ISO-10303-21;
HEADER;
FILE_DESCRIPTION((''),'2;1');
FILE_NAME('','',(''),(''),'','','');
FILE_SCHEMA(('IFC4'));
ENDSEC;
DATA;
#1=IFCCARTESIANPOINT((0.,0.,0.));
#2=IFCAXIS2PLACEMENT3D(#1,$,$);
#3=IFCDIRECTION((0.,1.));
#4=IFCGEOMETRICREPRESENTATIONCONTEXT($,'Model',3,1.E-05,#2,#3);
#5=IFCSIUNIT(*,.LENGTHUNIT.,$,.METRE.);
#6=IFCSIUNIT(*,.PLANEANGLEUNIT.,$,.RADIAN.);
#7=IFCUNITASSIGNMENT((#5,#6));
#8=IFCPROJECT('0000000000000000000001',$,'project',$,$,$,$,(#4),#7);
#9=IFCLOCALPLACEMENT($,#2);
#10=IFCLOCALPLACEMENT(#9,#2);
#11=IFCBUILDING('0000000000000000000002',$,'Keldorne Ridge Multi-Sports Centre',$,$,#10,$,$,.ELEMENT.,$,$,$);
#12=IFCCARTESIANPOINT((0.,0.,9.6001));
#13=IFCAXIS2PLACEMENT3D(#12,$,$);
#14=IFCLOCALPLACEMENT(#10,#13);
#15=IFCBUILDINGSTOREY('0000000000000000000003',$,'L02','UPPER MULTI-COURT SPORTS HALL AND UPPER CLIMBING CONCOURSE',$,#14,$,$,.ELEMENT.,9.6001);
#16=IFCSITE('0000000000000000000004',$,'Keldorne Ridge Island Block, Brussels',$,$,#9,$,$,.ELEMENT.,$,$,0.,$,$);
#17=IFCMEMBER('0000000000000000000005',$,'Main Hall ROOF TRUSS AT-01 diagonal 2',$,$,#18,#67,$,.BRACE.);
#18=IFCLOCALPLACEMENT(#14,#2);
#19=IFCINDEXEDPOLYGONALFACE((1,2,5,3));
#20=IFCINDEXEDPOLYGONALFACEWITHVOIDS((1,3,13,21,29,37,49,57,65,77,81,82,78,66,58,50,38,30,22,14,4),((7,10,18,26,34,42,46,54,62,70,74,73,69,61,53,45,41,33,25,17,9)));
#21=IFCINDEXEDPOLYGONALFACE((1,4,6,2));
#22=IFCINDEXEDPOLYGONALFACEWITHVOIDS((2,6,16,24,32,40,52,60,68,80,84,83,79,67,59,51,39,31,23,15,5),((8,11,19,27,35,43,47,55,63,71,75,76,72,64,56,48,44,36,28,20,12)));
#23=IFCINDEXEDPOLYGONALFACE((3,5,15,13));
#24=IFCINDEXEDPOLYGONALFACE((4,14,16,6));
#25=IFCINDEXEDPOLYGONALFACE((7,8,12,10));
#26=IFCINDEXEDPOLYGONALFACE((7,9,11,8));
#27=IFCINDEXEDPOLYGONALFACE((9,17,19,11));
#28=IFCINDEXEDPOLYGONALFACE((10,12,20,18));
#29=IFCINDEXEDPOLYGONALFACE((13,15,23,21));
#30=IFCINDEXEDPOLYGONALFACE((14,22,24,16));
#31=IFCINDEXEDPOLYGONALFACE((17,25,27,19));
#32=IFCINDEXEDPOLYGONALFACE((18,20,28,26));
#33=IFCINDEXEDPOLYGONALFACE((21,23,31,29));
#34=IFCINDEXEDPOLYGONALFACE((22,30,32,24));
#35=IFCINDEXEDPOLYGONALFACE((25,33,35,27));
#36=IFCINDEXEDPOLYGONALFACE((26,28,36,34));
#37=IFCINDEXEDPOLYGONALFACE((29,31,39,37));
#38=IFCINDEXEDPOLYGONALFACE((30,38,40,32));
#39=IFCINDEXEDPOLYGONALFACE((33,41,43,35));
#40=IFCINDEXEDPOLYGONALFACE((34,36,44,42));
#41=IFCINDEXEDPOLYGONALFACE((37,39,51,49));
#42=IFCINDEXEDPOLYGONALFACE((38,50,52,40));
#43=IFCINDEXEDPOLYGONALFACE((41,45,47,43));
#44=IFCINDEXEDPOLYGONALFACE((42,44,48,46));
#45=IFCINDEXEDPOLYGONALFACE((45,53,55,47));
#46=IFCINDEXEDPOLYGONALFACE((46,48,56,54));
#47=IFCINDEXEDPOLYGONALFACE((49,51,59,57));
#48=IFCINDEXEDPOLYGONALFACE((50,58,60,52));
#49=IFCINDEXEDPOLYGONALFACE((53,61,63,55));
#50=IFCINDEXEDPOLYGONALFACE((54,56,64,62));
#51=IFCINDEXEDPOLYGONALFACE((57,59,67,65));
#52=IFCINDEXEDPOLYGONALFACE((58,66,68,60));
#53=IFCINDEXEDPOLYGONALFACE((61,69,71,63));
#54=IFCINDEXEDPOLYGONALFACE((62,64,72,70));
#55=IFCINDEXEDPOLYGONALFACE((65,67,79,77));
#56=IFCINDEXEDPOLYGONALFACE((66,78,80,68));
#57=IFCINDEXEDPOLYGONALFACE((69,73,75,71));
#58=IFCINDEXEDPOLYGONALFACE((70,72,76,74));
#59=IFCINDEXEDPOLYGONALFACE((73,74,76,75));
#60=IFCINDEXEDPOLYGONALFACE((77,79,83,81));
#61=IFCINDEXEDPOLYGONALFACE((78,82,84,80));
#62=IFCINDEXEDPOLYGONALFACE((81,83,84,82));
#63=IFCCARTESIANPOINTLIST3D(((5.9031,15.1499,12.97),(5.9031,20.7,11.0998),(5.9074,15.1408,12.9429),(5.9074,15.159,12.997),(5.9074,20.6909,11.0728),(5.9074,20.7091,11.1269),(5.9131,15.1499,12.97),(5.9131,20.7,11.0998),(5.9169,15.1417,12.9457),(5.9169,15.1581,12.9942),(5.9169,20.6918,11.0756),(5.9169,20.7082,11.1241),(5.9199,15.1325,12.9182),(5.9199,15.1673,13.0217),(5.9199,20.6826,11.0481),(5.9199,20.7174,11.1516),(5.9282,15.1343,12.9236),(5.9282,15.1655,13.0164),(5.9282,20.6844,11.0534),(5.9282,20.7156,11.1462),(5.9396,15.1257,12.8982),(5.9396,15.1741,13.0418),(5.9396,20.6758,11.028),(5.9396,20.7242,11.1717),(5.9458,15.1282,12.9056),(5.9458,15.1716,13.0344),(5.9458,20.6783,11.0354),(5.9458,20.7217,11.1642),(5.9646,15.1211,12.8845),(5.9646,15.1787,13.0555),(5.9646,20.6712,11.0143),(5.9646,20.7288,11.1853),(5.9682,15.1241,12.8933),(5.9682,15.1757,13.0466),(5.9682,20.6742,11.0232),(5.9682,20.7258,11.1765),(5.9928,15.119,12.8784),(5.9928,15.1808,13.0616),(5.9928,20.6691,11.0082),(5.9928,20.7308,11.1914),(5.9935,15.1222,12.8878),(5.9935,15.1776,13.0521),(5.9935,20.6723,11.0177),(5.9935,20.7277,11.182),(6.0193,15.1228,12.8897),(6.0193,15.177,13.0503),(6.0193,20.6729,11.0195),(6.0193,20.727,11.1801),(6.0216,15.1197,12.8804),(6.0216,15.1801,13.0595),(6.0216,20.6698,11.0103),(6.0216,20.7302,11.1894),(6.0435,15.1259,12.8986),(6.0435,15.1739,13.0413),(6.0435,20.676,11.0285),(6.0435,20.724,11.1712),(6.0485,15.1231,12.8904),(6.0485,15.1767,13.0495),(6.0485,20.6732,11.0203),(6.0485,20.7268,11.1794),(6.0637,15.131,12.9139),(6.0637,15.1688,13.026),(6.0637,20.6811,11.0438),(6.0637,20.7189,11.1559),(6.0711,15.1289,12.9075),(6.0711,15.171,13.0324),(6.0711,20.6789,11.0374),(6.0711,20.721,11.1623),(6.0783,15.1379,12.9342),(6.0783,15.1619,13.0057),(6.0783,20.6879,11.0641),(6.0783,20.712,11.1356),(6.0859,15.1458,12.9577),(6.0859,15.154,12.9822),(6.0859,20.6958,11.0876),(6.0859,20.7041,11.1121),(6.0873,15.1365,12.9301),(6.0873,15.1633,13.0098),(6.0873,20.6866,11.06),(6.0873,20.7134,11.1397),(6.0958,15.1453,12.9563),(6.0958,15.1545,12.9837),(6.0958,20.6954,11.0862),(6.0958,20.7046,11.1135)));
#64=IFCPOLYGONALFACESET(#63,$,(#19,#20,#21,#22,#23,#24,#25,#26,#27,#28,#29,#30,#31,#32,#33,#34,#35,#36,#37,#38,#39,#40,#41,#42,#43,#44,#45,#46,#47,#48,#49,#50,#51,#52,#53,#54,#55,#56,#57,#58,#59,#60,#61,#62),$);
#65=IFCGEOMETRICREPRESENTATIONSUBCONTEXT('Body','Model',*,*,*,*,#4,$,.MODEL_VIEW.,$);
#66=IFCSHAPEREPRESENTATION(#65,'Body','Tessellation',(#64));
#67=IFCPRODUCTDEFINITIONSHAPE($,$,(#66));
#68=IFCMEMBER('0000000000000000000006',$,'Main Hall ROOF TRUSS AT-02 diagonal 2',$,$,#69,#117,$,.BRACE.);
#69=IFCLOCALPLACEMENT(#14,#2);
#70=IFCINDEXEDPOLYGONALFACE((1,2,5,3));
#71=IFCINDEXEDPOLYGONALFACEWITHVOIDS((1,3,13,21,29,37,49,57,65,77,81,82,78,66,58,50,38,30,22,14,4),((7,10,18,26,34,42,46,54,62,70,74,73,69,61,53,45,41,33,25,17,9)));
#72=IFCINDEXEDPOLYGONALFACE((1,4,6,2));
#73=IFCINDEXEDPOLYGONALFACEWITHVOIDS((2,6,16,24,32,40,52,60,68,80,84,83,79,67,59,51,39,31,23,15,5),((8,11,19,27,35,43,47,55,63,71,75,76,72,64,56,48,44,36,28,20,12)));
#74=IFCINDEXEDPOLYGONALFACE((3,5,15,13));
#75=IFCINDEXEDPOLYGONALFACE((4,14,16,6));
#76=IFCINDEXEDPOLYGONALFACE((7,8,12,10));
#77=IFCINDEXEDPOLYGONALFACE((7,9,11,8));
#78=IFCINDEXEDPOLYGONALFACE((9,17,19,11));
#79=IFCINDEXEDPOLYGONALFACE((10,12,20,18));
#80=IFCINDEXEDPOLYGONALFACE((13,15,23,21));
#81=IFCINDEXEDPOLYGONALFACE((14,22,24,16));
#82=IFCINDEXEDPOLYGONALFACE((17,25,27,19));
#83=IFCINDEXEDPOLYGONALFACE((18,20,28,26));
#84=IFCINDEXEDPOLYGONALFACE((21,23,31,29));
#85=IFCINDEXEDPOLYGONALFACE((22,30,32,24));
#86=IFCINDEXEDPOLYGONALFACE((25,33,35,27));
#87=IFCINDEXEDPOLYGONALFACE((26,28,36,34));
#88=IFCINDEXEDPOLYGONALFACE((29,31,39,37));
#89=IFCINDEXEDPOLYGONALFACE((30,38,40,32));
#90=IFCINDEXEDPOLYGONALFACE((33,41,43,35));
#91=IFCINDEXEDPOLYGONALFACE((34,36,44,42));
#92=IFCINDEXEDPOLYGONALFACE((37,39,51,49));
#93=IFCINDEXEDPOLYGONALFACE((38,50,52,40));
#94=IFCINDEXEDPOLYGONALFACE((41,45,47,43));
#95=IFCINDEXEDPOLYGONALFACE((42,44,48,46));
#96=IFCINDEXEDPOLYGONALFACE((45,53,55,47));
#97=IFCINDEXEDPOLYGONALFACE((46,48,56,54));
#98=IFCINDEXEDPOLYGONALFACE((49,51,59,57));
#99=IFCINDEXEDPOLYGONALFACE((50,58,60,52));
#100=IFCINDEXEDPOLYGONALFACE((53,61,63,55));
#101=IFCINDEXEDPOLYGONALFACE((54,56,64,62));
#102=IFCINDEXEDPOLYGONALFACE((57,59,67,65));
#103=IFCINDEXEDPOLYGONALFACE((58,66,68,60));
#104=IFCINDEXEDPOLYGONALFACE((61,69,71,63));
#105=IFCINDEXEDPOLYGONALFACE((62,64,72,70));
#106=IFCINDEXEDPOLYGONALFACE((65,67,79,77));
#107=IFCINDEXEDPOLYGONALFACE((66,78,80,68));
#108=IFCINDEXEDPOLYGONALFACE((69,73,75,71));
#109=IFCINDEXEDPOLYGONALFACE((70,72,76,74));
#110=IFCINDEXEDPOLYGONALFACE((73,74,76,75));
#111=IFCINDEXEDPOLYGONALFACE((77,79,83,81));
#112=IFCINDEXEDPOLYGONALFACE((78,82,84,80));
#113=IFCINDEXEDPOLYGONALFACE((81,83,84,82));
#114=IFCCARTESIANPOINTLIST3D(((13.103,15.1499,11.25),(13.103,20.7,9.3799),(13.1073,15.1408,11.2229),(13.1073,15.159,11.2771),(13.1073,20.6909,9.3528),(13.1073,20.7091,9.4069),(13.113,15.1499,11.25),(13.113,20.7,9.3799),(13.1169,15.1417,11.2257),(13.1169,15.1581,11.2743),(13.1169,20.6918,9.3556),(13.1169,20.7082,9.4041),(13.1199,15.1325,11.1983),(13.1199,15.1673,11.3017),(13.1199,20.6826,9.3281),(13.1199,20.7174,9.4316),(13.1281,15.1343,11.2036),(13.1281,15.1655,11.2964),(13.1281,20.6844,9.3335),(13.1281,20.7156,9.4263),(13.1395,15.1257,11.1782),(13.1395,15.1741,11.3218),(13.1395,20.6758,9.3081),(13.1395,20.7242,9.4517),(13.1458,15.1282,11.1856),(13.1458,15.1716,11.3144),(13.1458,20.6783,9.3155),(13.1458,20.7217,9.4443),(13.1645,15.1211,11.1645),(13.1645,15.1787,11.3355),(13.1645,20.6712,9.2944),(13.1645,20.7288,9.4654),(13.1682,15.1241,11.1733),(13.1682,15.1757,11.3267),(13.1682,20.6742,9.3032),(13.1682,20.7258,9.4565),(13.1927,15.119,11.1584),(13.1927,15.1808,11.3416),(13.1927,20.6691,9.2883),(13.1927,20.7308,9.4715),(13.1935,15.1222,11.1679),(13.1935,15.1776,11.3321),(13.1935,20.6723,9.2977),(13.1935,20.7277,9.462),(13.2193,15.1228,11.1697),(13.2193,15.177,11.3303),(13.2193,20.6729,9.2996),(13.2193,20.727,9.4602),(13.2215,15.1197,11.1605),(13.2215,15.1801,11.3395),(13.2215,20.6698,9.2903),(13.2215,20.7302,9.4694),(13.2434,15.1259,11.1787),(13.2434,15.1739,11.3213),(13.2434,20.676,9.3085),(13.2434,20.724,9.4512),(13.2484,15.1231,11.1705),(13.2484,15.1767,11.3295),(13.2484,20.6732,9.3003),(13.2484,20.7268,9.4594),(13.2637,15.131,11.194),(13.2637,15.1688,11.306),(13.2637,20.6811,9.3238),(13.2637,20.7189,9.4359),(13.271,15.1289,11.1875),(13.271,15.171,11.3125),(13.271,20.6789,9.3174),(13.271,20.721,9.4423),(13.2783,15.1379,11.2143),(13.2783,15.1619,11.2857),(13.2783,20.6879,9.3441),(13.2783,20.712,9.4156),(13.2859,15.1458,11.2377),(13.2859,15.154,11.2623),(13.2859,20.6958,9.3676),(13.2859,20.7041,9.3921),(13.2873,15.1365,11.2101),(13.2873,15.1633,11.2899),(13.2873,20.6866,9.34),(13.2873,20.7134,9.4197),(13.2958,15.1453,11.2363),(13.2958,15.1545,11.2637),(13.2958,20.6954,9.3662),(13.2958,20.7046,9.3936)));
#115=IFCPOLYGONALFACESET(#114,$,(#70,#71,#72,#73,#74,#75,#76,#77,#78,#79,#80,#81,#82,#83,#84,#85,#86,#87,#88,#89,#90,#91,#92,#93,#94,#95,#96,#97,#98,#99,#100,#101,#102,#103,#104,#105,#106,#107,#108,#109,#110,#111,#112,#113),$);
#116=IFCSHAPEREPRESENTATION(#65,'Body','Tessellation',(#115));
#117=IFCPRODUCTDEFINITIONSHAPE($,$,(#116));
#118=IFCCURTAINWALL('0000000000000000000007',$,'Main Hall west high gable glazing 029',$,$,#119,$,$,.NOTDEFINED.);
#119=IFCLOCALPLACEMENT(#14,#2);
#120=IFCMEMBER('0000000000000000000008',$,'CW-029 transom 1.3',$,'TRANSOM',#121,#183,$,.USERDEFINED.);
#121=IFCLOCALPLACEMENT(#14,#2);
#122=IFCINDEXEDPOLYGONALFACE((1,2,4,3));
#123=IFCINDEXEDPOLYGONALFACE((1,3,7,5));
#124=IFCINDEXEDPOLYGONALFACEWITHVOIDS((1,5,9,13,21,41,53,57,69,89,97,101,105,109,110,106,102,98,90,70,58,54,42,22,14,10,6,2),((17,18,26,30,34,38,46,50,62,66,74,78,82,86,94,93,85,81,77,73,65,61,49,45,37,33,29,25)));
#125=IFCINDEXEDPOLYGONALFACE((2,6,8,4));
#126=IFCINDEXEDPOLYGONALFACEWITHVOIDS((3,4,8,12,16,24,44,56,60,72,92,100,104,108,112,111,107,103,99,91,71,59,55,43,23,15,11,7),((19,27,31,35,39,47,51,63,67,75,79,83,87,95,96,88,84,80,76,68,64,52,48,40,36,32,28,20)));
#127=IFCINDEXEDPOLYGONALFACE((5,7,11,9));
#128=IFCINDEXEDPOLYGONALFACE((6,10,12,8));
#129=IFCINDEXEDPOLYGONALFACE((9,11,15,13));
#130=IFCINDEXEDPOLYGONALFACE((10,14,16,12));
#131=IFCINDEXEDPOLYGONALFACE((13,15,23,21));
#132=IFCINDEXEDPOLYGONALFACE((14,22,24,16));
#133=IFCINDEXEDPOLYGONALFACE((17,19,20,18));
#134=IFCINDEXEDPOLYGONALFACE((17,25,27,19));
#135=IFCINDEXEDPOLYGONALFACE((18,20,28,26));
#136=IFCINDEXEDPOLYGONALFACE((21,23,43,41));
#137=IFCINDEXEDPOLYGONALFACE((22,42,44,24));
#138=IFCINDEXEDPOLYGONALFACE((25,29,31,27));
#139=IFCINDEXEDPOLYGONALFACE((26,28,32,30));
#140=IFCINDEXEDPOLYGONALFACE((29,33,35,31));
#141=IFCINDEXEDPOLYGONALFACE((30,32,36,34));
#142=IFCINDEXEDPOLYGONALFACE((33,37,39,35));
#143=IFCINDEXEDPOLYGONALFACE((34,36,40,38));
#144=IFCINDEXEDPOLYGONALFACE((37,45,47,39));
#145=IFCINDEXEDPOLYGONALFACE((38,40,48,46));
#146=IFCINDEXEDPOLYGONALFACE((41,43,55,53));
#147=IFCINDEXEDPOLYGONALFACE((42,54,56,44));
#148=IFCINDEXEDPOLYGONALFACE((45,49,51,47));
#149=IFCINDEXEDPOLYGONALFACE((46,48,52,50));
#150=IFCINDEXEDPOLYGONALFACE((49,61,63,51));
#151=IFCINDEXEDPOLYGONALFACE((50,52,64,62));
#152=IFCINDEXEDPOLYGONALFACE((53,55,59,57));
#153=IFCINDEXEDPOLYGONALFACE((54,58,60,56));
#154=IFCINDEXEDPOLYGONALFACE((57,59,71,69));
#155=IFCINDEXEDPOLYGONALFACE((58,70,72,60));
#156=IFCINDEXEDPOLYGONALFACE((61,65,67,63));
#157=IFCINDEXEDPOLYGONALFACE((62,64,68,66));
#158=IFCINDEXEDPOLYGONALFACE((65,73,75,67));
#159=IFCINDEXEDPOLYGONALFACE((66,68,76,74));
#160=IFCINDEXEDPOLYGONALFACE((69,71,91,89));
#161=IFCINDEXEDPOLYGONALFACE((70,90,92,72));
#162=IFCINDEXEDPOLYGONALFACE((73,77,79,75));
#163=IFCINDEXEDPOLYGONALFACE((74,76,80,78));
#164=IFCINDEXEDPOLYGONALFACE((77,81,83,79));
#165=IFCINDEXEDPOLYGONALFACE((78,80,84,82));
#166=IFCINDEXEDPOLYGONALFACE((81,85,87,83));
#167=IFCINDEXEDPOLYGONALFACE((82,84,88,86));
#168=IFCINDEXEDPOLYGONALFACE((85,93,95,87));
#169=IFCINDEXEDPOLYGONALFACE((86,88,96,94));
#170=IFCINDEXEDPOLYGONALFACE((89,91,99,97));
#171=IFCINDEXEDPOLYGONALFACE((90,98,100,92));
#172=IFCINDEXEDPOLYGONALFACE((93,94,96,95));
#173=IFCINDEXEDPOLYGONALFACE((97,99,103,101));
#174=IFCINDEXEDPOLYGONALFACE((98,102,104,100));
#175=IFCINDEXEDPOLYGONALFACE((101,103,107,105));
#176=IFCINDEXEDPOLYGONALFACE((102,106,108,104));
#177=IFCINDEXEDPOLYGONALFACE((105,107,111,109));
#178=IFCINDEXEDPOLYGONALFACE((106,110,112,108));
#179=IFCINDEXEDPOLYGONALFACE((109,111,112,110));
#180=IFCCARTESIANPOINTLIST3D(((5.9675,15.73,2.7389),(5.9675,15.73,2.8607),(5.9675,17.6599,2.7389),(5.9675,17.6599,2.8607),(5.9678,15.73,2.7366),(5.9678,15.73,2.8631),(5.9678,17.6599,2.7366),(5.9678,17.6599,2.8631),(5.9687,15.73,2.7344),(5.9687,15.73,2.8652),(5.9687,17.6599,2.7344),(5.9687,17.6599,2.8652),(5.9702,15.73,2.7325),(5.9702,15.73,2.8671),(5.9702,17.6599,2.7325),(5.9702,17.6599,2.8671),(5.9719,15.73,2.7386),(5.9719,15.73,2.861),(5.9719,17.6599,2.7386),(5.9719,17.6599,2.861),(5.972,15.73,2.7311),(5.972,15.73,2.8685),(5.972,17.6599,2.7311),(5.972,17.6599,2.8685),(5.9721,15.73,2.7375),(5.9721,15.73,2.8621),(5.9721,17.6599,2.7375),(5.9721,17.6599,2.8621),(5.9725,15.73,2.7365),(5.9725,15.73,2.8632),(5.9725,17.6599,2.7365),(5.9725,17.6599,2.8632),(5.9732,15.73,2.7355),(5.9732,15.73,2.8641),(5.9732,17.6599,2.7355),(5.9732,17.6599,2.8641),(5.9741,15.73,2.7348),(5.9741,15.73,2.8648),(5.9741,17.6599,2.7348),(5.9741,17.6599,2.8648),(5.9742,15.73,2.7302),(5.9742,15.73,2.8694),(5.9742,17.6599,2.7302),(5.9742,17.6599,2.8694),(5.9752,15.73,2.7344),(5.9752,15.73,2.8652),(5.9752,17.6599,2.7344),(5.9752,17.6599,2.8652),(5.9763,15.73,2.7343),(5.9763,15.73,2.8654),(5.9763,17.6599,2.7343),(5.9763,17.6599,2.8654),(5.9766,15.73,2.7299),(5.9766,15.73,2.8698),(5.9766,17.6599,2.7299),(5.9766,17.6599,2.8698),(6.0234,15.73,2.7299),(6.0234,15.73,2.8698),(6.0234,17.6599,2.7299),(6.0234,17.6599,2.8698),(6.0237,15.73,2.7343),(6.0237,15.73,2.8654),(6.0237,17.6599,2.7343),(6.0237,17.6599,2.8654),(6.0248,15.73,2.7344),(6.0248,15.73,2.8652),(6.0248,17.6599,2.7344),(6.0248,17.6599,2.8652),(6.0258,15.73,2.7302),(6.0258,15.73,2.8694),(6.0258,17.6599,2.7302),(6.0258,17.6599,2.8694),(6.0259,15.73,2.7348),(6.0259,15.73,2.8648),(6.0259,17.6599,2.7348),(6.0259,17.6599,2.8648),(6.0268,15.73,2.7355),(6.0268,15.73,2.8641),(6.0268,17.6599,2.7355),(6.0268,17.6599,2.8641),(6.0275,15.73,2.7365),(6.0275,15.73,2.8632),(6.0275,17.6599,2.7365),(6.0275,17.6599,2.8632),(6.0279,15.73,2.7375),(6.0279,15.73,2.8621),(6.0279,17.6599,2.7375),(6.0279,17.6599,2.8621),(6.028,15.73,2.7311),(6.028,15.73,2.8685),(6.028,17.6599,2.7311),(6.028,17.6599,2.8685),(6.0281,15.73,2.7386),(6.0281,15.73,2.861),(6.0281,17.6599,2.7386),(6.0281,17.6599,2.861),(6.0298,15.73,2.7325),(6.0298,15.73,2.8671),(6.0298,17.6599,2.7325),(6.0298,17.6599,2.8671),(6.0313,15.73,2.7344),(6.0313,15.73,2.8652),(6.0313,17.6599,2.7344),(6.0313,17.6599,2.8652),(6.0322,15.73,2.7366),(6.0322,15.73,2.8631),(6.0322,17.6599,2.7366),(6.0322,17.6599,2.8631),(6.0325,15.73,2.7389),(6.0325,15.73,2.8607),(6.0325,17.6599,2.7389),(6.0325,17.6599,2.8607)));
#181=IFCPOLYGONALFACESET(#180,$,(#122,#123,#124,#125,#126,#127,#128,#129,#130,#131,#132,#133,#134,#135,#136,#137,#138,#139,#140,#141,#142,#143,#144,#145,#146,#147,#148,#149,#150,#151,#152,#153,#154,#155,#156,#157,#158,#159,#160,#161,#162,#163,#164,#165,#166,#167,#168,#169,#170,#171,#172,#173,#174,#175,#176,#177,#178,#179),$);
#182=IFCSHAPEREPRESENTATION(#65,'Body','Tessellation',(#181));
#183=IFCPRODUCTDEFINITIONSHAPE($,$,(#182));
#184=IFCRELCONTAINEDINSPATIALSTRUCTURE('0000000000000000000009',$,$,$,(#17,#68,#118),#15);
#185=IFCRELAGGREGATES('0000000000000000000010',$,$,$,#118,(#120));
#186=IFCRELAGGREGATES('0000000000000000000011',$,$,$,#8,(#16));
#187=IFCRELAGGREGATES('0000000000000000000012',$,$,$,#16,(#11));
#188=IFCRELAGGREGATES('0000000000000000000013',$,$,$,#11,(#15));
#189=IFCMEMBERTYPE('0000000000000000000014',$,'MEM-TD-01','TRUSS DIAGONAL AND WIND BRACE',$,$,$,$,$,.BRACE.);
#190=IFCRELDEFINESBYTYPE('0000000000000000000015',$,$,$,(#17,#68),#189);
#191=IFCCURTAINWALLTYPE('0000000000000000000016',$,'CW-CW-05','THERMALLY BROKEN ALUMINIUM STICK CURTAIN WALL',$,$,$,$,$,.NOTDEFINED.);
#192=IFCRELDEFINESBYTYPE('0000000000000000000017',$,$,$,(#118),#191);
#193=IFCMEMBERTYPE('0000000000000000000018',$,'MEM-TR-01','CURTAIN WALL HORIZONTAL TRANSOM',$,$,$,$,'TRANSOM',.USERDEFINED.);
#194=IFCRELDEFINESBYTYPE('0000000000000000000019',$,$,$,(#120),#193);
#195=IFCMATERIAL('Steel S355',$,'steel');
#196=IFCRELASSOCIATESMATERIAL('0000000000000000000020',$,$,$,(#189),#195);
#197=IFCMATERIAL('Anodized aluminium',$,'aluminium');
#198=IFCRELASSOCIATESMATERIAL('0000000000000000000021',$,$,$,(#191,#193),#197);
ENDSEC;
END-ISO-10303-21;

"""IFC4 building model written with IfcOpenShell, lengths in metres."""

from ifc_helpers import new_model, si_unit, direction, frame, origin, origin_2d, place, context, subcontext, project, spatial, hollow_rectangle, hollow_circle, extrude, material, material_profile, profile_set, type_object, element, aggregate, save


model = new_model("IFC4")

# Units and contexts
model_context = context("Model", 3, precision=1e-05, world=origin(), true_north=direction((0.0, 1.0)))
body_context = subcontext(model_context, "Body", "Model", "MODEL_VIEW")
ifc_project = project(units=[si_unit("LENGTHUNIT", "METRE"), si_unit("PLANEANGLEUNIT", "RADIAN")], contexts=[model_context])

# Site, building, storey
site_placement = place(None, origin())
site = spatial("IfcSite", under=ifc_project, at=site_placement, Name="Keldorne Ridge Island Block, Brussels", CompositionType="ELEMENT", RefElevation=0.0)
building_placement = place(site_placement, origin())
building = spatial("IfcBuilding", under=site, at=building_placement, Name="Keldorne Ridge Multi-Sports Centre", CompositionType="ELEMENT")
storey_placement = place(building_placement, frame((0.0, 0.0, 9.6001)))
storey = spatial("IfcBuildingStorey", under=building, at=storey_placement, Name="L02", Description="UPPER MULTI-COURT SPORTS HALL AND UPPER CLIMBING CONCOURSE", CompositionType="ELEMENT", Elevation=9.6001)

# Members
ifc_material_1 = material(Name="Steel S355", Category="steel")
ifc_material_profile_1 = material_profile(ifc_material_1, hollow_circle(Radius=0.0969, WallThickness=0.01, at=origin_2d()), Name="CHS 193.7x10")
ifc_profile_set_1 = profile_set([ifc_material_profile_1], Name="Steel S355")
member_type_1 = type_object("IfcMemberType", Name="MEM-TD-01", Description="TRUSS DIAGONAL AND WIND BRACE", PredefinedType="BRACE", material=ifc_profile_set_1)
for number, where, z_axis, x_axis, name in (
    (1, (6.0, 15.1499, 12.97), (0.0, 0.947649, -0.319315), (-1.0, 0.0, 0.0), "Main Hall ROOF TRUSS AT-01 diagonal 2"),
    (2, (13.2, 15.1499, 11.25), (0.0, 0.947649, -0.319315), (-1.0, 0.0, 0.0), "Main Hall ROOF TRUSS AT-02 diagonal 2"),
):
    element("IfcMember", number, at=place(storey_placement, frame(where, z_axis=z_axis, x_axis=x_axis)), inside=storey, type_object=member_type_1, Name=name, PredefinedType="BRACE", context=body_context, shape_type="SweptSolid", body=[
        extrude(hollow_circle(Radius=0.0969, WallThickness=0.01, at=origin_2d()), origin(), (0.0, 0.0, 1.0), 5.8567),
    ])

# Curtain wall, member
ifc_material_2 = material(Name="Anodized aluminium", Category="aluminium")
curtain_wall_type_1 = type_object("IfcCurtainWallType", Name="CW-CW-05", Description="THERMALLY BROKEN ALUMINIUM STICK CURTAIN WALL", PredefinedType="NOTDEFINED", material=ifc_material_2)
curtain_wall_1_placement = place(storey_placement, origin())
curtain_wall_1 = element("IfcCurtainWall", 3, at=curtain_wall_1_placement, inside=storey, type_object=curtain_wall_type_1, Name="Main Hall west high gable glazing 029", PredefinedType="NOTDEFINED")
ifc_material_profile_2 = material_profile(ifc_material_2, hollow_rectangle(XDim=0.0649, YDim=0.1399, WallThickness=0.0044, InnerFilletRadius=0.0044, OuterFilletRadius=0.009, at=origin_2d()), Name="ALU TRANSOM 140x65x4.5")
ifc_profile_set_2 = profile_set([ifc_material_profile_2], Name="Anodized aluminium")
member_type_2 = type_object("IfcMemberType", Name="MEM-TR-01", Description="CURTAIN WALL HORIZONTAL TRANSOM", ElementType="TRANSOM", PredefinedType="USERDEFINED", material=ifc_profile_set_2)
member_1_placement = place(storey_placement, frame((6.0, 17.6599, 2.7998), z_axis=(0.0, -1.0, 0.0), x_axis=(1.0, 0.0, 0.0)))
member_1 = element("IfcMember", 4, at=member_1_placement, type_object=member_type_2, Name="CW-029 transom 1.3", ObjectType="TRANSOM", PredefinedType="USERDEFINED", context=body_context, shape_type="SweptSolid", body=[
    extrude(hollow_rectangle(XDim=0.0649, YDim=0.1399, WallThickness=0.0044, InnerFilletRadius=0.0044, OuterFilletRadius=0.009, at=origin_2d()), origin(), (0.0, 0.0, 1.0), 1.9299),
])

aggregate(curtain_wall_1, [member_1])

save(model, "model.ifc")
